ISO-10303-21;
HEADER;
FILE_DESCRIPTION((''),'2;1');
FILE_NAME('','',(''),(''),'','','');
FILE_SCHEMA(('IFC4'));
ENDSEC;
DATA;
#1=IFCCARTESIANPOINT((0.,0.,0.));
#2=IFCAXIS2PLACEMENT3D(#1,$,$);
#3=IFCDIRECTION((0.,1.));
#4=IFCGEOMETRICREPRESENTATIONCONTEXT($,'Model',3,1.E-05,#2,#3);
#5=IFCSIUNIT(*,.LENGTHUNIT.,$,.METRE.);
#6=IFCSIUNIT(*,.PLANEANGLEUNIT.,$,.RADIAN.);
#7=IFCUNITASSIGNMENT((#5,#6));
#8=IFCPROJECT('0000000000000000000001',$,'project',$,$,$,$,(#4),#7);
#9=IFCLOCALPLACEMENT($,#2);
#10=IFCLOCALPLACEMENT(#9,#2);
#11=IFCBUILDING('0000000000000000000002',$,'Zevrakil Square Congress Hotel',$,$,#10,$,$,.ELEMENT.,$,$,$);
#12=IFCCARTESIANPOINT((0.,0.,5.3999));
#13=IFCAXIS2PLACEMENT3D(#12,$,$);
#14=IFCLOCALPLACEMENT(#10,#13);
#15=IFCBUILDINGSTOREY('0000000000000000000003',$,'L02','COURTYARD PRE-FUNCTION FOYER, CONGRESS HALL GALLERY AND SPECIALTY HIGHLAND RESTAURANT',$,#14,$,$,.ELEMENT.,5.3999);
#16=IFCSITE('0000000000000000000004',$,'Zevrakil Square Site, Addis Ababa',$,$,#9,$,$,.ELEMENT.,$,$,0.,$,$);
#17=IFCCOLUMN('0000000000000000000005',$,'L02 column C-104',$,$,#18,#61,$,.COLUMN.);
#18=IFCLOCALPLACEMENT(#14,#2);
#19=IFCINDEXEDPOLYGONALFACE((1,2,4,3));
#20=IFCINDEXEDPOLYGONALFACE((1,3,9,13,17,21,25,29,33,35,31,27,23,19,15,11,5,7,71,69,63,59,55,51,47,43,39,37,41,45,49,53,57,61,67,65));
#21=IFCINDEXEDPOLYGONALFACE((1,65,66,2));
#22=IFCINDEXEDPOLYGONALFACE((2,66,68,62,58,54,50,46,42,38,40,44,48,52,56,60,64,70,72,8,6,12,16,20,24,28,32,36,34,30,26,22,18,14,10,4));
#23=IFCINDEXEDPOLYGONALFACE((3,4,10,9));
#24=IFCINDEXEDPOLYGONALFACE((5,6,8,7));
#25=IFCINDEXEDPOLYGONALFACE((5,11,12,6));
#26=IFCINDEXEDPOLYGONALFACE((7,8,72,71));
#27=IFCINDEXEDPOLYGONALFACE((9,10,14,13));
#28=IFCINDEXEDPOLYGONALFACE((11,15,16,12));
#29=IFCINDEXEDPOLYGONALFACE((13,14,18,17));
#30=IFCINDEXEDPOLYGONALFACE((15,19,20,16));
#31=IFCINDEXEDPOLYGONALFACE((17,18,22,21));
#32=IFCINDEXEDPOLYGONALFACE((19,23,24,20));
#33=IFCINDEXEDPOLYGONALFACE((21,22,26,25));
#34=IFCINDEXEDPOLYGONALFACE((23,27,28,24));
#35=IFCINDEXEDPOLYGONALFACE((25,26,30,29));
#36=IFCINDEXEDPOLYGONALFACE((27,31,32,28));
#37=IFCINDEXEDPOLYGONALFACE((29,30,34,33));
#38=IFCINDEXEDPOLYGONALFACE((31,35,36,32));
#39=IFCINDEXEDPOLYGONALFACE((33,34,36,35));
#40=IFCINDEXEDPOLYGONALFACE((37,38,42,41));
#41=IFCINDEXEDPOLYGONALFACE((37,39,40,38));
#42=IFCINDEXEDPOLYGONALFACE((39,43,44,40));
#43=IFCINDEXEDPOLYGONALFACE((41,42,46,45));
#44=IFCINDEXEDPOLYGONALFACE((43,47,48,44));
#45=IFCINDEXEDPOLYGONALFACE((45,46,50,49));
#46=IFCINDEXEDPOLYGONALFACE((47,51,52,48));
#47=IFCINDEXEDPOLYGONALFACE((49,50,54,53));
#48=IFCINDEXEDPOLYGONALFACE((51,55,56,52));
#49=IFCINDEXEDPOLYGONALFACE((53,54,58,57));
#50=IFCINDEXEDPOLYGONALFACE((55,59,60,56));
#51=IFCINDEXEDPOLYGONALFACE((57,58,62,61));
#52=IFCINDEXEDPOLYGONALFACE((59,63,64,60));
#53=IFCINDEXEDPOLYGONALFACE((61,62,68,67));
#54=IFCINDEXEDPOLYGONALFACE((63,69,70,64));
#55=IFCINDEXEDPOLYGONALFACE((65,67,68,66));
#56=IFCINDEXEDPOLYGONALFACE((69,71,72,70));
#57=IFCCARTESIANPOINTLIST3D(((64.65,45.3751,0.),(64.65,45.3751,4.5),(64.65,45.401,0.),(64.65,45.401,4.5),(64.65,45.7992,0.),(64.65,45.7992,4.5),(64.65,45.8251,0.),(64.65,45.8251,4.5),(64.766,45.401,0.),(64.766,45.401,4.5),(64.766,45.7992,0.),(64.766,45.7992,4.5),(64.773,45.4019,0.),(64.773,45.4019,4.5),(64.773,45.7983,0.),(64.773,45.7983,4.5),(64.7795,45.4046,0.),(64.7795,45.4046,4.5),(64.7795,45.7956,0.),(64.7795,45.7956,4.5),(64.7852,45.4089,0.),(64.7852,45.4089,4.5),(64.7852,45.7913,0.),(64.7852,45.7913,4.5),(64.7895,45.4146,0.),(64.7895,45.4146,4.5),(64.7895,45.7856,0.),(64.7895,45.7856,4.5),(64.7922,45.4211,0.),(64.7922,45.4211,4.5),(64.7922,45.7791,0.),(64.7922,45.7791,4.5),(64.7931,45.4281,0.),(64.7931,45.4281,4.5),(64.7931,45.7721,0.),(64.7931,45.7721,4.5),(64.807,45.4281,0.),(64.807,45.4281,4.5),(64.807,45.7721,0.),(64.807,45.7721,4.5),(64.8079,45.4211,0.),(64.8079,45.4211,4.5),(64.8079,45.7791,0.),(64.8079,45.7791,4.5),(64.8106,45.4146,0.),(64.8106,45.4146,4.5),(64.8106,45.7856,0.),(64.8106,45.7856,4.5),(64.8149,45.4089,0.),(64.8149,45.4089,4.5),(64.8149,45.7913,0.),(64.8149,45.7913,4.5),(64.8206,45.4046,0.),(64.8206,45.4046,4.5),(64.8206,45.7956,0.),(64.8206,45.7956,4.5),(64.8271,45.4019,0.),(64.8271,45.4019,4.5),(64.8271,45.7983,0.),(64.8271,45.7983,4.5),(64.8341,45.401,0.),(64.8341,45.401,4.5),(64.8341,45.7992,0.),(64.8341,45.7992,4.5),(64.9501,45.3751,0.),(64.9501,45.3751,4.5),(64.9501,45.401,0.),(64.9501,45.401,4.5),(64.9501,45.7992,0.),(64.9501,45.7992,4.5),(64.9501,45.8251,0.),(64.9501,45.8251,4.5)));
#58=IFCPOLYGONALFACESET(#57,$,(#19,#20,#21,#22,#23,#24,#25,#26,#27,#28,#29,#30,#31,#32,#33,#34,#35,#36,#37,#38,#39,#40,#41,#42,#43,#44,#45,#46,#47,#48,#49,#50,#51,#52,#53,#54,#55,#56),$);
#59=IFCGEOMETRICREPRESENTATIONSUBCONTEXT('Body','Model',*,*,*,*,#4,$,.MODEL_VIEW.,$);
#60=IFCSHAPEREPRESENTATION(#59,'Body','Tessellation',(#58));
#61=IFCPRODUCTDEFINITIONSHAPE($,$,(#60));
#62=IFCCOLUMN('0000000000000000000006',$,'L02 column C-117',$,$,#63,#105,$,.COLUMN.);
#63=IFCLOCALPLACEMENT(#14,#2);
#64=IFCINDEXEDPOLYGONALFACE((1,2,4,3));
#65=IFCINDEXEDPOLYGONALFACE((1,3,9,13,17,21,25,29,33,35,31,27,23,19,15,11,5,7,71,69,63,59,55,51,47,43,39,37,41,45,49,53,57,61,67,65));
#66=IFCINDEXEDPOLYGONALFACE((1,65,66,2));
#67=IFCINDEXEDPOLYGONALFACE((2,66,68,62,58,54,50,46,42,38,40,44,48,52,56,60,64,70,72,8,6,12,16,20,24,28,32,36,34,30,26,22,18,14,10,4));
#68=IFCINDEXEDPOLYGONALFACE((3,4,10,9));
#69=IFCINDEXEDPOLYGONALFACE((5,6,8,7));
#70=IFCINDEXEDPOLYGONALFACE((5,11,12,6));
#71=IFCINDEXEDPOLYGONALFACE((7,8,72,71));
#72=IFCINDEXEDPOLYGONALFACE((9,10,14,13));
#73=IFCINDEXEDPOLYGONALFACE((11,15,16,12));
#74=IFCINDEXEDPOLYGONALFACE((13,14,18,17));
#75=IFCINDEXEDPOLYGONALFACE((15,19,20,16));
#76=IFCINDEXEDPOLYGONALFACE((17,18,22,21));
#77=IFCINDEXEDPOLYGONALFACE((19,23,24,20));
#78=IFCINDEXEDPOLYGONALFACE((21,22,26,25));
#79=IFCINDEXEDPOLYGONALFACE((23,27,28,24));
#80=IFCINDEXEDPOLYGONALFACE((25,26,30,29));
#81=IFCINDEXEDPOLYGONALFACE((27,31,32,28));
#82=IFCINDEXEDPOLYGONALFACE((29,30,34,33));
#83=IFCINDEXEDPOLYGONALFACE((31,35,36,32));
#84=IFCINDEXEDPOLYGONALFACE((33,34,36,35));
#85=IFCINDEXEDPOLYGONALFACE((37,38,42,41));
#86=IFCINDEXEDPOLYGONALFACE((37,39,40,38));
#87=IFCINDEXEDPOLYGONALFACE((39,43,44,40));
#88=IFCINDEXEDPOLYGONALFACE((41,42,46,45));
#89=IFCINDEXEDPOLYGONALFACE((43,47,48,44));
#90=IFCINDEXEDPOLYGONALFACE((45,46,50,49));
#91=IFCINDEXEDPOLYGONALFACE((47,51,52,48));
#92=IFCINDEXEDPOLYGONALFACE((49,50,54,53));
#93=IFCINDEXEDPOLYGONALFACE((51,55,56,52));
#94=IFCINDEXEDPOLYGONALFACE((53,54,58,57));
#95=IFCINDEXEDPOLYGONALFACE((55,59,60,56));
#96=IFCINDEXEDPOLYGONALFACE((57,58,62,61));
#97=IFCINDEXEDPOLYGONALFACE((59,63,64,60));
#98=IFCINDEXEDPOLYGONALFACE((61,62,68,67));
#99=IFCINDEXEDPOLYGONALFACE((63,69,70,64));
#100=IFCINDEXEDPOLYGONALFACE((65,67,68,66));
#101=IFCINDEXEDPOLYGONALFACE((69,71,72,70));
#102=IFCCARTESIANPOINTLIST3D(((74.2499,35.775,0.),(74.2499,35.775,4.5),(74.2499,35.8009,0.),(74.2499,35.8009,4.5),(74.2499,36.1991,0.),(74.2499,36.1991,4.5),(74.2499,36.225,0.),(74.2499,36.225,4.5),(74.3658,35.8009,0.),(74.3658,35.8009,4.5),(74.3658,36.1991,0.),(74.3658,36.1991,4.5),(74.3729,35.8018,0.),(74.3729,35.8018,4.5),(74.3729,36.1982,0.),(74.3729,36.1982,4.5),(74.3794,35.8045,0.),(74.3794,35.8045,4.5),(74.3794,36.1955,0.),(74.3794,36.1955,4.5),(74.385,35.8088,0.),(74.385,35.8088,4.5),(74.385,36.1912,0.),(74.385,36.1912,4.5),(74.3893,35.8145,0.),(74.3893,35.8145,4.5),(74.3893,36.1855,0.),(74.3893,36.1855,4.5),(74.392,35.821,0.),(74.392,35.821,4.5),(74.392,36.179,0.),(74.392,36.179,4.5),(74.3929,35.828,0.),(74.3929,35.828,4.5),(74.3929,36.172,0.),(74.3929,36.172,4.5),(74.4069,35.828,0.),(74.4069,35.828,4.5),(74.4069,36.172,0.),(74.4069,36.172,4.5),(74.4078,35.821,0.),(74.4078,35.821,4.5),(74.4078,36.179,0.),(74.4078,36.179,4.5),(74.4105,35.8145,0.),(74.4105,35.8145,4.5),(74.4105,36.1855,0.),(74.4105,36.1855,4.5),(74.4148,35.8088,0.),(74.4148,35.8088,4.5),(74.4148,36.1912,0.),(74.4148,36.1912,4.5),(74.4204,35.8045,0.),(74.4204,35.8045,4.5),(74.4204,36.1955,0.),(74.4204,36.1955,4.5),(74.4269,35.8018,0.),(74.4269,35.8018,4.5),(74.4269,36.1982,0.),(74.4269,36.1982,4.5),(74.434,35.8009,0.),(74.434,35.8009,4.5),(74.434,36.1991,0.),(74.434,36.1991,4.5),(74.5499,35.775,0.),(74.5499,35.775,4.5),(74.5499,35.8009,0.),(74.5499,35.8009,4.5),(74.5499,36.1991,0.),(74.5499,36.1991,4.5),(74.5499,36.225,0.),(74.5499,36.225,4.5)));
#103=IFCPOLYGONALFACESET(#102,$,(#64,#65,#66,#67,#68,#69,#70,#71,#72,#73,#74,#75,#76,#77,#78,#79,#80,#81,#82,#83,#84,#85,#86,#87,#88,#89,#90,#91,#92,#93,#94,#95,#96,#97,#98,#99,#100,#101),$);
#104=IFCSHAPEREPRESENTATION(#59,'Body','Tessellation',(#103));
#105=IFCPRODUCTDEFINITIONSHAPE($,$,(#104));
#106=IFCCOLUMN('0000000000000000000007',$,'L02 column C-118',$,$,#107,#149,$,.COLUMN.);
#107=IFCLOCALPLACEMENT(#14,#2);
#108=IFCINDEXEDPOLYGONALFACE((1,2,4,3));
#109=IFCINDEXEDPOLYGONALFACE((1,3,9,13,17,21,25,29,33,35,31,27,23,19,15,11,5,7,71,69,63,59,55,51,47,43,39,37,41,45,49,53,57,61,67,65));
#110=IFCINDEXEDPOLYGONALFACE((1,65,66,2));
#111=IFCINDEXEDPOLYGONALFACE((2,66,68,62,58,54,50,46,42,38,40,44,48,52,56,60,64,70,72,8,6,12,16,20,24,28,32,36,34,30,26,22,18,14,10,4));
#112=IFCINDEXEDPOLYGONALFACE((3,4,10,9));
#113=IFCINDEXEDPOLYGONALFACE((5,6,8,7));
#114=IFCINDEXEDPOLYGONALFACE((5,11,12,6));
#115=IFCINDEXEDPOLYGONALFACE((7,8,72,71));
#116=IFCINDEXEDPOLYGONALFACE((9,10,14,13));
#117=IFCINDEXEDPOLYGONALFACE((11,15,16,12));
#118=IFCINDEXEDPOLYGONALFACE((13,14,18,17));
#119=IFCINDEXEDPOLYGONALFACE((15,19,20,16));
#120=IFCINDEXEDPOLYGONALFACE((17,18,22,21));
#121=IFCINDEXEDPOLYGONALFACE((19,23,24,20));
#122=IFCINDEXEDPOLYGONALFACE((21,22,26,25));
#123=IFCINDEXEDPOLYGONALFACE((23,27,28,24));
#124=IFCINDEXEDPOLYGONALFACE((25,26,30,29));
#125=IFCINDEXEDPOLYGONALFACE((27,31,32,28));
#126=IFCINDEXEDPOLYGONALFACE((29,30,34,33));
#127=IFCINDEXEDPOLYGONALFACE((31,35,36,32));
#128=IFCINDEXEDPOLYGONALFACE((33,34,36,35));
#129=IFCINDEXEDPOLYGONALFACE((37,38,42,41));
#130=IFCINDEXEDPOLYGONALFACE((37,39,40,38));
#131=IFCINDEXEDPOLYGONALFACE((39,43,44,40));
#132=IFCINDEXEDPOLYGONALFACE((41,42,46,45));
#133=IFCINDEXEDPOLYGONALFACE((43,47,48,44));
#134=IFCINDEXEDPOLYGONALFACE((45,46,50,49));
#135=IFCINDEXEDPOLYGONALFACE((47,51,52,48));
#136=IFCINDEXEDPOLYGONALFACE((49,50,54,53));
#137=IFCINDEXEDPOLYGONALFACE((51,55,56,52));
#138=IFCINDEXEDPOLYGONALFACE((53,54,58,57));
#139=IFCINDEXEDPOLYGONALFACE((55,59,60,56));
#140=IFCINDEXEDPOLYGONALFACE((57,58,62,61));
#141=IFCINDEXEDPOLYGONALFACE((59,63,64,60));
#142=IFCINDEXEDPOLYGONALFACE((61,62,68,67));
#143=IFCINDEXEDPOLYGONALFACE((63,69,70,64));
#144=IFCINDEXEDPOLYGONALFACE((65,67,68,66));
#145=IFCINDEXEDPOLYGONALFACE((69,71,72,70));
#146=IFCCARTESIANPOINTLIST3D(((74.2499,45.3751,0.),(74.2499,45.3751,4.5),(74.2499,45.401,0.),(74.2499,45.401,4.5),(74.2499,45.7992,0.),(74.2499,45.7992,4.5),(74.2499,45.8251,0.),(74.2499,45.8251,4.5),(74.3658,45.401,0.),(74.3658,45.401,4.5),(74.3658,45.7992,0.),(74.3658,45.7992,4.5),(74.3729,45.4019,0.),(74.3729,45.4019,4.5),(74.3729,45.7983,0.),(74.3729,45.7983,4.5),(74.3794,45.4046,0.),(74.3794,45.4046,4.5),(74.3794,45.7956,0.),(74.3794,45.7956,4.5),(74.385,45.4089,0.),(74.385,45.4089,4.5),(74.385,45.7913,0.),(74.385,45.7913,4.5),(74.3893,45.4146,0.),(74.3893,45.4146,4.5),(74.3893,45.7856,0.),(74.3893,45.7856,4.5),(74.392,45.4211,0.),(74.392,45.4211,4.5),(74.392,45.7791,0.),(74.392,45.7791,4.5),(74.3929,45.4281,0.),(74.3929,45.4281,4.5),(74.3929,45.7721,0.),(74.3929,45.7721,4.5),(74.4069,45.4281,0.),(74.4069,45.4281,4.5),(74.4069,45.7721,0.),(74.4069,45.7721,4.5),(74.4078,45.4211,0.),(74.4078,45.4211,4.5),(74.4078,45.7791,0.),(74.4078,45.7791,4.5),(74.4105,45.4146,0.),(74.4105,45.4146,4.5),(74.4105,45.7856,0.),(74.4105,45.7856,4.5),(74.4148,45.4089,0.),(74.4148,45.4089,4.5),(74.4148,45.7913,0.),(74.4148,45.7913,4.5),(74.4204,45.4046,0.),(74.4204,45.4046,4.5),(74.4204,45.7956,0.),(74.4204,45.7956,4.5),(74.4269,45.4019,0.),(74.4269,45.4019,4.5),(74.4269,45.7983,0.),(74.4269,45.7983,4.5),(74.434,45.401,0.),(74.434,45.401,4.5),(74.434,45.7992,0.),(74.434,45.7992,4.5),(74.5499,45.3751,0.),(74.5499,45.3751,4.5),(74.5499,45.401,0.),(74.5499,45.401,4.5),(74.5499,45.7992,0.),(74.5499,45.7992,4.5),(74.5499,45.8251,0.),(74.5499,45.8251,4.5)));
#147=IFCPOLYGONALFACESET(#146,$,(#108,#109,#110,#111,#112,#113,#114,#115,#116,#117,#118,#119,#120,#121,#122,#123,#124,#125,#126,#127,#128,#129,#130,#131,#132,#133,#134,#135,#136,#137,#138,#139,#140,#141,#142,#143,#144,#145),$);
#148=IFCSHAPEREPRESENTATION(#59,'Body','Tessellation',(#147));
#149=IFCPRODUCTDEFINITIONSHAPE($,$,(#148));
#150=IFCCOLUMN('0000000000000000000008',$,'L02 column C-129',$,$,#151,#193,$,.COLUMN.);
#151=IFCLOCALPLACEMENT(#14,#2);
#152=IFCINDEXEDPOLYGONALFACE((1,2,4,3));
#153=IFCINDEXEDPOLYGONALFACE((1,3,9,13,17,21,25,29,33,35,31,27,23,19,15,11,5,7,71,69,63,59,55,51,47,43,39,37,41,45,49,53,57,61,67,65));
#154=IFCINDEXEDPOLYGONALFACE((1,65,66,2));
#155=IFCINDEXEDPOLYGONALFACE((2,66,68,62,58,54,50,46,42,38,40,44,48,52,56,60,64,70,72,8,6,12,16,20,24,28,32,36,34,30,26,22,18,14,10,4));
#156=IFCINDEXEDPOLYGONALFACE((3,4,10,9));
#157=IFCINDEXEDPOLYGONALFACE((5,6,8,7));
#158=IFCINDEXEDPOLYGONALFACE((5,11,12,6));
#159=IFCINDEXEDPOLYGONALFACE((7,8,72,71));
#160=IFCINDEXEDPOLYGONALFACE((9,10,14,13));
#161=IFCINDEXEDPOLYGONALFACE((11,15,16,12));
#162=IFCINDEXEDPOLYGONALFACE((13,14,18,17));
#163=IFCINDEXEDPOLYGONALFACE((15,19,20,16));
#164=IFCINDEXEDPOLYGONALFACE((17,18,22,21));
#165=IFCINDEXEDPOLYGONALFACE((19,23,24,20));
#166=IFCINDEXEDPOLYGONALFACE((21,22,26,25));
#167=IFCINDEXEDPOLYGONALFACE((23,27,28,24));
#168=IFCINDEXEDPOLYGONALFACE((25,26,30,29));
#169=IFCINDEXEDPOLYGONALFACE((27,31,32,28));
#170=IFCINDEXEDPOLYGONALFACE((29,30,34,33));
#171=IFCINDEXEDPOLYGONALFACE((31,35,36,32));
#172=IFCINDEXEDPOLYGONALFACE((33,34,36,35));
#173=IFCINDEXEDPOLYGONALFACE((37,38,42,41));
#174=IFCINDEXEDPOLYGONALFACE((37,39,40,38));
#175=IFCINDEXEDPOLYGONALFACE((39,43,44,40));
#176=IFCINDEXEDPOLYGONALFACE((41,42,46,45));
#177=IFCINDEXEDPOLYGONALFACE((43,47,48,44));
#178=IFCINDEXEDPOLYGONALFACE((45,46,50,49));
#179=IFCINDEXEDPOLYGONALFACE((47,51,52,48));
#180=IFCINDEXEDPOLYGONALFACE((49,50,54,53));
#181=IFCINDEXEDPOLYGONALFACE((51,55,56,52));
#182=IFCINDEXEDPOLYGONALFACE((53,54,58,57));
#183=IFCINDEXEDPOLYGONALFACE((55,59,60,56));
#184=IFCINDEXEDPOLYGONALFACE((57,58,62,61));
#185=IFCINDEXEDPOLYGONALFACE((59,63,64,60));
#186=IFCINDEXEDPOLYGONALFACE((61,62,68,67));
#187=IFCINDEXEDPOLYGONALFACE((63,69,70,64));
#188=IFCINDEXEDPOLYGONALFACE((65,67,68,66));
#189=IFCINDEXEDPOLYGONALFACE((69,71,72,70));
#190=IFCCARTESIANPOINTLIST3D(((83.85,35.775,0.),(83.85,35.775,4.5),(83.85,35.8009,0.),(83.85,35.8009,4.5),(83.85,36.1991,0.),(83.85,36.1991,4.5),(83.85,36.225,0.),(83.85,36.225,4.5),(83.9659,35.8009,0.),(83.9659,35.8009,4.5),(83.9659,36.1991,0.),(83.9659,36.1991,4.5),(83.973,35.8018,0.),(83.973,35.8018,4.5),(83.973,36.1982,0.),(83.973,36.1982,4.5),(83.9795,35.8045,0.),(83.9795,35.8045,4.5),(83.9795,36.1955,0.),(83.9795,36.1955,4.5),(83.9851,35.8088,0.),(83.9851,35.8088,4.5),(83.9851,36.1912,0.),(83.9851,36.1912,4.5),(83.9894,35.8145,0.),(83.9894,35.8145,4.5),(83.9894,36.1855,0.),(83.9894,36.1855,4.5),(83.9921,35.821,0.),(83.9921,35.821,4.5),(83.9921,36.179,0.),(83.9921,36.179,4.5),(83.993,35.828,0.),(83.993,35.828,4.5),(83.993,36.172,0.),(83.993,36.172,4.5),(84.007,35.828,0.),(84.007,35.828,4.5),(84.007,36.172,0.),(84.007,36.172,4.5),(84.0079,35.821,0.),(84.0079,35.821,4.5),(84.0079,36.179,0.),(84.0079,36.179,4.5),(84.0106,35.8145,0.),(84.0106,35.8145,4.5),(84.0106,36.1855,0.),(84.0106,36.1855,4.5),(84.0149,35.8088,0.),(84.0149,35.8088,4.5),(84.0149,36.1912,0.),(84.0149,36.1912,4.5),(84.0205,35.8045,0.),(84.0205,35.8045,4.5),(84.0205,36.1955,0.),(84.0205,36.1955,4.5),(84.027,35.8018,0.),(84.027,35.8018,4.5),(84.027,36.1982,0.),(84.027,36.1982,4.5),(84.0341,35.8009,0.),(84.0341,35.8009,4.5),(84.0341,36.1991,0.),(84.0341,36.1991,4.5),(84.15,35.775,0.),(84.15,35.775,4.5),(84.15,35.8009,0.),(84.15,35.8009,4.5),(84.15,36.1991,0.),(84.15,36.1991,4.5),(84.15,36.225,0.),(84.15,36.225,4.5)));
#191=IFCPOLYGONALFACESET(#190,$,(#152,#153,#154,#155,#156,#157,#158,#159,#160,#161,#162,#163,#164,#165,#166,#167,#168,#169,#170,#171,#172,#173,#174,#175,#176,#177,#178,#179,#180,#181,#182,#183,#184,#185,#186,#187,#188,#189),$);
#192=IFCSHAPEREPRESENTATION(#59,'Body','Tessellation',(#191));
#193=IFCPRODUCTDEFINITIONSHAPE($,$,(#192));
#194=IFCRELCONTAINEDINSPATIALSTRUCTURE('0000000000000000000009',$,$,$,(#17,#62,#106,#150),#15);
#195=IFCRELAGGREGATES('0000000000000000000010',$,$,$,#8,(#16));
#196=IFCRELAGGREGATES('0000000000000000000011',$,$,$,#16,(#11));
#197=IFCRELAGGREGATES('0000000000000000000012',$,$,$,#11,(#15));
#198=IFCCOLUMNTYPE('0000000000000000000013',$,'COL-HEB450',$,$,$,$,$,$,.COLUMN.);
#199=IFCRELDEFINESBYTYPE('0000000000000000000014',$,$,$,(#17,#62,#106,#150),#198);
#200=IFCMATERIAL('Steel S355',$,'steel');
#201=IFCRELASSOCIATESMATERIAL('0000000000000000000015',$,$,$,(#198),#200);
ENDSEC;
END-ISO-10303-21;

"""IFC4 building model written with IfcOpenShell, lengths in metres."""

from ifc_helpers import new_model, si_unit, direction, frame, origin, origin_2d, place, context, subcontext, project, spatial, i_section, extrude, material, material_profile, profile_set, type_object, element, save


model = new_model("IFC4")

# Units and contexts
model_context = context("Model", 3, precision=1e-05, world=origin(), true_north=direction((0.0, 1.0)))
body_context = subcontext(model_context, "Body", "Model", "MODEL_VIEW")
ifc_project = project(units=[si_unit("LENGTHUNIT", "METRE"), si_unit("PLANEANGLEUNIT", "RADIAN")], contexts=[model_context])

# Site, building, storey
site_placement = place(None, origin())
site = spatial("IfcSite", under=ifc_project, at=site_placement, Name="Zevrakil Square Site, Addis Ababa", CompositionType="ELEMENT", RefElevation=0.0)
building_placement = place(site_placement, origin())
building = spatial("IfcBuilding", under=site, at=building_placement, Name="Zevrakil Square Congress Hotel", CompositionType="ELEMENT")
storey_placement = place(building_placement, frame((0.0, 0.0, 5.3999)))
storey = spatial("IfcBuildingStorey", under=building, at=storey_placement, Name="L02", Description="COURTYARD PRE-FUNCTION FOYER, CONGRESS HALL GALLERY AND SPECIALTY HIGHLAND RESTAURANT", CompositionType="ELEMENT", Elevation=5.3999)

# Columns
ifc_material_1 = material(Name="Steel S355", Category="steel")
ifc_material_profile_1 = material_profile(ifc_material_1, i_section(OverallWidth=0.3, OverallDepth=0.45, WebThickness=0.0139, FlangeThickness=0.0259, FilletRadius=0.0271, at=origin_2d()), Name="HEB 450")
ifc_profile_set_1 = profile_set([ifc_material_profile_1], Name="Steel S355")
column_type = type_object("IfcColumnType", Name="COL-HEB450", PredefinedType="COLUMN", material=ifc_profile_set_1)
for number, where, z_axis, x_axis, name in (
    (1, (64.8, 45.6001, 0.0), (0.0, 0.0, 1.0), (1.0, 0.0, 0.0), "L02 column C-104"),
    (2, (74.3999, 36.0, 0.0), (0.0, 0.0, 1.0), (1.0, 0.0, 0.0), "L02 column C-117"),
    (3, (74.3999, 45.6001, 0.0), (0.0, 0.0, 1.0), (1.0, 0.0, 0.0), "L02 column C-118"),
    (4, (84.0, 36.0, 0.0), (0.0, 0.0, 1.0), (1.0, 0.0, 0.0), "L02 column C-129"),
):
    element("IfcColumn", number, at=place(storey_placement, frame(where, z_axis=z_axis, x_axis=x_axis)), inside=storey, type_object=column_type, Name=name, PredefinedType="COLUMN", context=body_context, shape_type="SweptSolid", body=[
        extrude(i_section(OverallWidth=0.3, OverallDepth=0.45, WebThickness=0.0139, FlangeThickness=0.0259, FilletRadius=0.0271, at=origin_2d()), origin(), (0.0, 0.0, 1.0), 4.5),
    ])

save(model, "model.ifc")
